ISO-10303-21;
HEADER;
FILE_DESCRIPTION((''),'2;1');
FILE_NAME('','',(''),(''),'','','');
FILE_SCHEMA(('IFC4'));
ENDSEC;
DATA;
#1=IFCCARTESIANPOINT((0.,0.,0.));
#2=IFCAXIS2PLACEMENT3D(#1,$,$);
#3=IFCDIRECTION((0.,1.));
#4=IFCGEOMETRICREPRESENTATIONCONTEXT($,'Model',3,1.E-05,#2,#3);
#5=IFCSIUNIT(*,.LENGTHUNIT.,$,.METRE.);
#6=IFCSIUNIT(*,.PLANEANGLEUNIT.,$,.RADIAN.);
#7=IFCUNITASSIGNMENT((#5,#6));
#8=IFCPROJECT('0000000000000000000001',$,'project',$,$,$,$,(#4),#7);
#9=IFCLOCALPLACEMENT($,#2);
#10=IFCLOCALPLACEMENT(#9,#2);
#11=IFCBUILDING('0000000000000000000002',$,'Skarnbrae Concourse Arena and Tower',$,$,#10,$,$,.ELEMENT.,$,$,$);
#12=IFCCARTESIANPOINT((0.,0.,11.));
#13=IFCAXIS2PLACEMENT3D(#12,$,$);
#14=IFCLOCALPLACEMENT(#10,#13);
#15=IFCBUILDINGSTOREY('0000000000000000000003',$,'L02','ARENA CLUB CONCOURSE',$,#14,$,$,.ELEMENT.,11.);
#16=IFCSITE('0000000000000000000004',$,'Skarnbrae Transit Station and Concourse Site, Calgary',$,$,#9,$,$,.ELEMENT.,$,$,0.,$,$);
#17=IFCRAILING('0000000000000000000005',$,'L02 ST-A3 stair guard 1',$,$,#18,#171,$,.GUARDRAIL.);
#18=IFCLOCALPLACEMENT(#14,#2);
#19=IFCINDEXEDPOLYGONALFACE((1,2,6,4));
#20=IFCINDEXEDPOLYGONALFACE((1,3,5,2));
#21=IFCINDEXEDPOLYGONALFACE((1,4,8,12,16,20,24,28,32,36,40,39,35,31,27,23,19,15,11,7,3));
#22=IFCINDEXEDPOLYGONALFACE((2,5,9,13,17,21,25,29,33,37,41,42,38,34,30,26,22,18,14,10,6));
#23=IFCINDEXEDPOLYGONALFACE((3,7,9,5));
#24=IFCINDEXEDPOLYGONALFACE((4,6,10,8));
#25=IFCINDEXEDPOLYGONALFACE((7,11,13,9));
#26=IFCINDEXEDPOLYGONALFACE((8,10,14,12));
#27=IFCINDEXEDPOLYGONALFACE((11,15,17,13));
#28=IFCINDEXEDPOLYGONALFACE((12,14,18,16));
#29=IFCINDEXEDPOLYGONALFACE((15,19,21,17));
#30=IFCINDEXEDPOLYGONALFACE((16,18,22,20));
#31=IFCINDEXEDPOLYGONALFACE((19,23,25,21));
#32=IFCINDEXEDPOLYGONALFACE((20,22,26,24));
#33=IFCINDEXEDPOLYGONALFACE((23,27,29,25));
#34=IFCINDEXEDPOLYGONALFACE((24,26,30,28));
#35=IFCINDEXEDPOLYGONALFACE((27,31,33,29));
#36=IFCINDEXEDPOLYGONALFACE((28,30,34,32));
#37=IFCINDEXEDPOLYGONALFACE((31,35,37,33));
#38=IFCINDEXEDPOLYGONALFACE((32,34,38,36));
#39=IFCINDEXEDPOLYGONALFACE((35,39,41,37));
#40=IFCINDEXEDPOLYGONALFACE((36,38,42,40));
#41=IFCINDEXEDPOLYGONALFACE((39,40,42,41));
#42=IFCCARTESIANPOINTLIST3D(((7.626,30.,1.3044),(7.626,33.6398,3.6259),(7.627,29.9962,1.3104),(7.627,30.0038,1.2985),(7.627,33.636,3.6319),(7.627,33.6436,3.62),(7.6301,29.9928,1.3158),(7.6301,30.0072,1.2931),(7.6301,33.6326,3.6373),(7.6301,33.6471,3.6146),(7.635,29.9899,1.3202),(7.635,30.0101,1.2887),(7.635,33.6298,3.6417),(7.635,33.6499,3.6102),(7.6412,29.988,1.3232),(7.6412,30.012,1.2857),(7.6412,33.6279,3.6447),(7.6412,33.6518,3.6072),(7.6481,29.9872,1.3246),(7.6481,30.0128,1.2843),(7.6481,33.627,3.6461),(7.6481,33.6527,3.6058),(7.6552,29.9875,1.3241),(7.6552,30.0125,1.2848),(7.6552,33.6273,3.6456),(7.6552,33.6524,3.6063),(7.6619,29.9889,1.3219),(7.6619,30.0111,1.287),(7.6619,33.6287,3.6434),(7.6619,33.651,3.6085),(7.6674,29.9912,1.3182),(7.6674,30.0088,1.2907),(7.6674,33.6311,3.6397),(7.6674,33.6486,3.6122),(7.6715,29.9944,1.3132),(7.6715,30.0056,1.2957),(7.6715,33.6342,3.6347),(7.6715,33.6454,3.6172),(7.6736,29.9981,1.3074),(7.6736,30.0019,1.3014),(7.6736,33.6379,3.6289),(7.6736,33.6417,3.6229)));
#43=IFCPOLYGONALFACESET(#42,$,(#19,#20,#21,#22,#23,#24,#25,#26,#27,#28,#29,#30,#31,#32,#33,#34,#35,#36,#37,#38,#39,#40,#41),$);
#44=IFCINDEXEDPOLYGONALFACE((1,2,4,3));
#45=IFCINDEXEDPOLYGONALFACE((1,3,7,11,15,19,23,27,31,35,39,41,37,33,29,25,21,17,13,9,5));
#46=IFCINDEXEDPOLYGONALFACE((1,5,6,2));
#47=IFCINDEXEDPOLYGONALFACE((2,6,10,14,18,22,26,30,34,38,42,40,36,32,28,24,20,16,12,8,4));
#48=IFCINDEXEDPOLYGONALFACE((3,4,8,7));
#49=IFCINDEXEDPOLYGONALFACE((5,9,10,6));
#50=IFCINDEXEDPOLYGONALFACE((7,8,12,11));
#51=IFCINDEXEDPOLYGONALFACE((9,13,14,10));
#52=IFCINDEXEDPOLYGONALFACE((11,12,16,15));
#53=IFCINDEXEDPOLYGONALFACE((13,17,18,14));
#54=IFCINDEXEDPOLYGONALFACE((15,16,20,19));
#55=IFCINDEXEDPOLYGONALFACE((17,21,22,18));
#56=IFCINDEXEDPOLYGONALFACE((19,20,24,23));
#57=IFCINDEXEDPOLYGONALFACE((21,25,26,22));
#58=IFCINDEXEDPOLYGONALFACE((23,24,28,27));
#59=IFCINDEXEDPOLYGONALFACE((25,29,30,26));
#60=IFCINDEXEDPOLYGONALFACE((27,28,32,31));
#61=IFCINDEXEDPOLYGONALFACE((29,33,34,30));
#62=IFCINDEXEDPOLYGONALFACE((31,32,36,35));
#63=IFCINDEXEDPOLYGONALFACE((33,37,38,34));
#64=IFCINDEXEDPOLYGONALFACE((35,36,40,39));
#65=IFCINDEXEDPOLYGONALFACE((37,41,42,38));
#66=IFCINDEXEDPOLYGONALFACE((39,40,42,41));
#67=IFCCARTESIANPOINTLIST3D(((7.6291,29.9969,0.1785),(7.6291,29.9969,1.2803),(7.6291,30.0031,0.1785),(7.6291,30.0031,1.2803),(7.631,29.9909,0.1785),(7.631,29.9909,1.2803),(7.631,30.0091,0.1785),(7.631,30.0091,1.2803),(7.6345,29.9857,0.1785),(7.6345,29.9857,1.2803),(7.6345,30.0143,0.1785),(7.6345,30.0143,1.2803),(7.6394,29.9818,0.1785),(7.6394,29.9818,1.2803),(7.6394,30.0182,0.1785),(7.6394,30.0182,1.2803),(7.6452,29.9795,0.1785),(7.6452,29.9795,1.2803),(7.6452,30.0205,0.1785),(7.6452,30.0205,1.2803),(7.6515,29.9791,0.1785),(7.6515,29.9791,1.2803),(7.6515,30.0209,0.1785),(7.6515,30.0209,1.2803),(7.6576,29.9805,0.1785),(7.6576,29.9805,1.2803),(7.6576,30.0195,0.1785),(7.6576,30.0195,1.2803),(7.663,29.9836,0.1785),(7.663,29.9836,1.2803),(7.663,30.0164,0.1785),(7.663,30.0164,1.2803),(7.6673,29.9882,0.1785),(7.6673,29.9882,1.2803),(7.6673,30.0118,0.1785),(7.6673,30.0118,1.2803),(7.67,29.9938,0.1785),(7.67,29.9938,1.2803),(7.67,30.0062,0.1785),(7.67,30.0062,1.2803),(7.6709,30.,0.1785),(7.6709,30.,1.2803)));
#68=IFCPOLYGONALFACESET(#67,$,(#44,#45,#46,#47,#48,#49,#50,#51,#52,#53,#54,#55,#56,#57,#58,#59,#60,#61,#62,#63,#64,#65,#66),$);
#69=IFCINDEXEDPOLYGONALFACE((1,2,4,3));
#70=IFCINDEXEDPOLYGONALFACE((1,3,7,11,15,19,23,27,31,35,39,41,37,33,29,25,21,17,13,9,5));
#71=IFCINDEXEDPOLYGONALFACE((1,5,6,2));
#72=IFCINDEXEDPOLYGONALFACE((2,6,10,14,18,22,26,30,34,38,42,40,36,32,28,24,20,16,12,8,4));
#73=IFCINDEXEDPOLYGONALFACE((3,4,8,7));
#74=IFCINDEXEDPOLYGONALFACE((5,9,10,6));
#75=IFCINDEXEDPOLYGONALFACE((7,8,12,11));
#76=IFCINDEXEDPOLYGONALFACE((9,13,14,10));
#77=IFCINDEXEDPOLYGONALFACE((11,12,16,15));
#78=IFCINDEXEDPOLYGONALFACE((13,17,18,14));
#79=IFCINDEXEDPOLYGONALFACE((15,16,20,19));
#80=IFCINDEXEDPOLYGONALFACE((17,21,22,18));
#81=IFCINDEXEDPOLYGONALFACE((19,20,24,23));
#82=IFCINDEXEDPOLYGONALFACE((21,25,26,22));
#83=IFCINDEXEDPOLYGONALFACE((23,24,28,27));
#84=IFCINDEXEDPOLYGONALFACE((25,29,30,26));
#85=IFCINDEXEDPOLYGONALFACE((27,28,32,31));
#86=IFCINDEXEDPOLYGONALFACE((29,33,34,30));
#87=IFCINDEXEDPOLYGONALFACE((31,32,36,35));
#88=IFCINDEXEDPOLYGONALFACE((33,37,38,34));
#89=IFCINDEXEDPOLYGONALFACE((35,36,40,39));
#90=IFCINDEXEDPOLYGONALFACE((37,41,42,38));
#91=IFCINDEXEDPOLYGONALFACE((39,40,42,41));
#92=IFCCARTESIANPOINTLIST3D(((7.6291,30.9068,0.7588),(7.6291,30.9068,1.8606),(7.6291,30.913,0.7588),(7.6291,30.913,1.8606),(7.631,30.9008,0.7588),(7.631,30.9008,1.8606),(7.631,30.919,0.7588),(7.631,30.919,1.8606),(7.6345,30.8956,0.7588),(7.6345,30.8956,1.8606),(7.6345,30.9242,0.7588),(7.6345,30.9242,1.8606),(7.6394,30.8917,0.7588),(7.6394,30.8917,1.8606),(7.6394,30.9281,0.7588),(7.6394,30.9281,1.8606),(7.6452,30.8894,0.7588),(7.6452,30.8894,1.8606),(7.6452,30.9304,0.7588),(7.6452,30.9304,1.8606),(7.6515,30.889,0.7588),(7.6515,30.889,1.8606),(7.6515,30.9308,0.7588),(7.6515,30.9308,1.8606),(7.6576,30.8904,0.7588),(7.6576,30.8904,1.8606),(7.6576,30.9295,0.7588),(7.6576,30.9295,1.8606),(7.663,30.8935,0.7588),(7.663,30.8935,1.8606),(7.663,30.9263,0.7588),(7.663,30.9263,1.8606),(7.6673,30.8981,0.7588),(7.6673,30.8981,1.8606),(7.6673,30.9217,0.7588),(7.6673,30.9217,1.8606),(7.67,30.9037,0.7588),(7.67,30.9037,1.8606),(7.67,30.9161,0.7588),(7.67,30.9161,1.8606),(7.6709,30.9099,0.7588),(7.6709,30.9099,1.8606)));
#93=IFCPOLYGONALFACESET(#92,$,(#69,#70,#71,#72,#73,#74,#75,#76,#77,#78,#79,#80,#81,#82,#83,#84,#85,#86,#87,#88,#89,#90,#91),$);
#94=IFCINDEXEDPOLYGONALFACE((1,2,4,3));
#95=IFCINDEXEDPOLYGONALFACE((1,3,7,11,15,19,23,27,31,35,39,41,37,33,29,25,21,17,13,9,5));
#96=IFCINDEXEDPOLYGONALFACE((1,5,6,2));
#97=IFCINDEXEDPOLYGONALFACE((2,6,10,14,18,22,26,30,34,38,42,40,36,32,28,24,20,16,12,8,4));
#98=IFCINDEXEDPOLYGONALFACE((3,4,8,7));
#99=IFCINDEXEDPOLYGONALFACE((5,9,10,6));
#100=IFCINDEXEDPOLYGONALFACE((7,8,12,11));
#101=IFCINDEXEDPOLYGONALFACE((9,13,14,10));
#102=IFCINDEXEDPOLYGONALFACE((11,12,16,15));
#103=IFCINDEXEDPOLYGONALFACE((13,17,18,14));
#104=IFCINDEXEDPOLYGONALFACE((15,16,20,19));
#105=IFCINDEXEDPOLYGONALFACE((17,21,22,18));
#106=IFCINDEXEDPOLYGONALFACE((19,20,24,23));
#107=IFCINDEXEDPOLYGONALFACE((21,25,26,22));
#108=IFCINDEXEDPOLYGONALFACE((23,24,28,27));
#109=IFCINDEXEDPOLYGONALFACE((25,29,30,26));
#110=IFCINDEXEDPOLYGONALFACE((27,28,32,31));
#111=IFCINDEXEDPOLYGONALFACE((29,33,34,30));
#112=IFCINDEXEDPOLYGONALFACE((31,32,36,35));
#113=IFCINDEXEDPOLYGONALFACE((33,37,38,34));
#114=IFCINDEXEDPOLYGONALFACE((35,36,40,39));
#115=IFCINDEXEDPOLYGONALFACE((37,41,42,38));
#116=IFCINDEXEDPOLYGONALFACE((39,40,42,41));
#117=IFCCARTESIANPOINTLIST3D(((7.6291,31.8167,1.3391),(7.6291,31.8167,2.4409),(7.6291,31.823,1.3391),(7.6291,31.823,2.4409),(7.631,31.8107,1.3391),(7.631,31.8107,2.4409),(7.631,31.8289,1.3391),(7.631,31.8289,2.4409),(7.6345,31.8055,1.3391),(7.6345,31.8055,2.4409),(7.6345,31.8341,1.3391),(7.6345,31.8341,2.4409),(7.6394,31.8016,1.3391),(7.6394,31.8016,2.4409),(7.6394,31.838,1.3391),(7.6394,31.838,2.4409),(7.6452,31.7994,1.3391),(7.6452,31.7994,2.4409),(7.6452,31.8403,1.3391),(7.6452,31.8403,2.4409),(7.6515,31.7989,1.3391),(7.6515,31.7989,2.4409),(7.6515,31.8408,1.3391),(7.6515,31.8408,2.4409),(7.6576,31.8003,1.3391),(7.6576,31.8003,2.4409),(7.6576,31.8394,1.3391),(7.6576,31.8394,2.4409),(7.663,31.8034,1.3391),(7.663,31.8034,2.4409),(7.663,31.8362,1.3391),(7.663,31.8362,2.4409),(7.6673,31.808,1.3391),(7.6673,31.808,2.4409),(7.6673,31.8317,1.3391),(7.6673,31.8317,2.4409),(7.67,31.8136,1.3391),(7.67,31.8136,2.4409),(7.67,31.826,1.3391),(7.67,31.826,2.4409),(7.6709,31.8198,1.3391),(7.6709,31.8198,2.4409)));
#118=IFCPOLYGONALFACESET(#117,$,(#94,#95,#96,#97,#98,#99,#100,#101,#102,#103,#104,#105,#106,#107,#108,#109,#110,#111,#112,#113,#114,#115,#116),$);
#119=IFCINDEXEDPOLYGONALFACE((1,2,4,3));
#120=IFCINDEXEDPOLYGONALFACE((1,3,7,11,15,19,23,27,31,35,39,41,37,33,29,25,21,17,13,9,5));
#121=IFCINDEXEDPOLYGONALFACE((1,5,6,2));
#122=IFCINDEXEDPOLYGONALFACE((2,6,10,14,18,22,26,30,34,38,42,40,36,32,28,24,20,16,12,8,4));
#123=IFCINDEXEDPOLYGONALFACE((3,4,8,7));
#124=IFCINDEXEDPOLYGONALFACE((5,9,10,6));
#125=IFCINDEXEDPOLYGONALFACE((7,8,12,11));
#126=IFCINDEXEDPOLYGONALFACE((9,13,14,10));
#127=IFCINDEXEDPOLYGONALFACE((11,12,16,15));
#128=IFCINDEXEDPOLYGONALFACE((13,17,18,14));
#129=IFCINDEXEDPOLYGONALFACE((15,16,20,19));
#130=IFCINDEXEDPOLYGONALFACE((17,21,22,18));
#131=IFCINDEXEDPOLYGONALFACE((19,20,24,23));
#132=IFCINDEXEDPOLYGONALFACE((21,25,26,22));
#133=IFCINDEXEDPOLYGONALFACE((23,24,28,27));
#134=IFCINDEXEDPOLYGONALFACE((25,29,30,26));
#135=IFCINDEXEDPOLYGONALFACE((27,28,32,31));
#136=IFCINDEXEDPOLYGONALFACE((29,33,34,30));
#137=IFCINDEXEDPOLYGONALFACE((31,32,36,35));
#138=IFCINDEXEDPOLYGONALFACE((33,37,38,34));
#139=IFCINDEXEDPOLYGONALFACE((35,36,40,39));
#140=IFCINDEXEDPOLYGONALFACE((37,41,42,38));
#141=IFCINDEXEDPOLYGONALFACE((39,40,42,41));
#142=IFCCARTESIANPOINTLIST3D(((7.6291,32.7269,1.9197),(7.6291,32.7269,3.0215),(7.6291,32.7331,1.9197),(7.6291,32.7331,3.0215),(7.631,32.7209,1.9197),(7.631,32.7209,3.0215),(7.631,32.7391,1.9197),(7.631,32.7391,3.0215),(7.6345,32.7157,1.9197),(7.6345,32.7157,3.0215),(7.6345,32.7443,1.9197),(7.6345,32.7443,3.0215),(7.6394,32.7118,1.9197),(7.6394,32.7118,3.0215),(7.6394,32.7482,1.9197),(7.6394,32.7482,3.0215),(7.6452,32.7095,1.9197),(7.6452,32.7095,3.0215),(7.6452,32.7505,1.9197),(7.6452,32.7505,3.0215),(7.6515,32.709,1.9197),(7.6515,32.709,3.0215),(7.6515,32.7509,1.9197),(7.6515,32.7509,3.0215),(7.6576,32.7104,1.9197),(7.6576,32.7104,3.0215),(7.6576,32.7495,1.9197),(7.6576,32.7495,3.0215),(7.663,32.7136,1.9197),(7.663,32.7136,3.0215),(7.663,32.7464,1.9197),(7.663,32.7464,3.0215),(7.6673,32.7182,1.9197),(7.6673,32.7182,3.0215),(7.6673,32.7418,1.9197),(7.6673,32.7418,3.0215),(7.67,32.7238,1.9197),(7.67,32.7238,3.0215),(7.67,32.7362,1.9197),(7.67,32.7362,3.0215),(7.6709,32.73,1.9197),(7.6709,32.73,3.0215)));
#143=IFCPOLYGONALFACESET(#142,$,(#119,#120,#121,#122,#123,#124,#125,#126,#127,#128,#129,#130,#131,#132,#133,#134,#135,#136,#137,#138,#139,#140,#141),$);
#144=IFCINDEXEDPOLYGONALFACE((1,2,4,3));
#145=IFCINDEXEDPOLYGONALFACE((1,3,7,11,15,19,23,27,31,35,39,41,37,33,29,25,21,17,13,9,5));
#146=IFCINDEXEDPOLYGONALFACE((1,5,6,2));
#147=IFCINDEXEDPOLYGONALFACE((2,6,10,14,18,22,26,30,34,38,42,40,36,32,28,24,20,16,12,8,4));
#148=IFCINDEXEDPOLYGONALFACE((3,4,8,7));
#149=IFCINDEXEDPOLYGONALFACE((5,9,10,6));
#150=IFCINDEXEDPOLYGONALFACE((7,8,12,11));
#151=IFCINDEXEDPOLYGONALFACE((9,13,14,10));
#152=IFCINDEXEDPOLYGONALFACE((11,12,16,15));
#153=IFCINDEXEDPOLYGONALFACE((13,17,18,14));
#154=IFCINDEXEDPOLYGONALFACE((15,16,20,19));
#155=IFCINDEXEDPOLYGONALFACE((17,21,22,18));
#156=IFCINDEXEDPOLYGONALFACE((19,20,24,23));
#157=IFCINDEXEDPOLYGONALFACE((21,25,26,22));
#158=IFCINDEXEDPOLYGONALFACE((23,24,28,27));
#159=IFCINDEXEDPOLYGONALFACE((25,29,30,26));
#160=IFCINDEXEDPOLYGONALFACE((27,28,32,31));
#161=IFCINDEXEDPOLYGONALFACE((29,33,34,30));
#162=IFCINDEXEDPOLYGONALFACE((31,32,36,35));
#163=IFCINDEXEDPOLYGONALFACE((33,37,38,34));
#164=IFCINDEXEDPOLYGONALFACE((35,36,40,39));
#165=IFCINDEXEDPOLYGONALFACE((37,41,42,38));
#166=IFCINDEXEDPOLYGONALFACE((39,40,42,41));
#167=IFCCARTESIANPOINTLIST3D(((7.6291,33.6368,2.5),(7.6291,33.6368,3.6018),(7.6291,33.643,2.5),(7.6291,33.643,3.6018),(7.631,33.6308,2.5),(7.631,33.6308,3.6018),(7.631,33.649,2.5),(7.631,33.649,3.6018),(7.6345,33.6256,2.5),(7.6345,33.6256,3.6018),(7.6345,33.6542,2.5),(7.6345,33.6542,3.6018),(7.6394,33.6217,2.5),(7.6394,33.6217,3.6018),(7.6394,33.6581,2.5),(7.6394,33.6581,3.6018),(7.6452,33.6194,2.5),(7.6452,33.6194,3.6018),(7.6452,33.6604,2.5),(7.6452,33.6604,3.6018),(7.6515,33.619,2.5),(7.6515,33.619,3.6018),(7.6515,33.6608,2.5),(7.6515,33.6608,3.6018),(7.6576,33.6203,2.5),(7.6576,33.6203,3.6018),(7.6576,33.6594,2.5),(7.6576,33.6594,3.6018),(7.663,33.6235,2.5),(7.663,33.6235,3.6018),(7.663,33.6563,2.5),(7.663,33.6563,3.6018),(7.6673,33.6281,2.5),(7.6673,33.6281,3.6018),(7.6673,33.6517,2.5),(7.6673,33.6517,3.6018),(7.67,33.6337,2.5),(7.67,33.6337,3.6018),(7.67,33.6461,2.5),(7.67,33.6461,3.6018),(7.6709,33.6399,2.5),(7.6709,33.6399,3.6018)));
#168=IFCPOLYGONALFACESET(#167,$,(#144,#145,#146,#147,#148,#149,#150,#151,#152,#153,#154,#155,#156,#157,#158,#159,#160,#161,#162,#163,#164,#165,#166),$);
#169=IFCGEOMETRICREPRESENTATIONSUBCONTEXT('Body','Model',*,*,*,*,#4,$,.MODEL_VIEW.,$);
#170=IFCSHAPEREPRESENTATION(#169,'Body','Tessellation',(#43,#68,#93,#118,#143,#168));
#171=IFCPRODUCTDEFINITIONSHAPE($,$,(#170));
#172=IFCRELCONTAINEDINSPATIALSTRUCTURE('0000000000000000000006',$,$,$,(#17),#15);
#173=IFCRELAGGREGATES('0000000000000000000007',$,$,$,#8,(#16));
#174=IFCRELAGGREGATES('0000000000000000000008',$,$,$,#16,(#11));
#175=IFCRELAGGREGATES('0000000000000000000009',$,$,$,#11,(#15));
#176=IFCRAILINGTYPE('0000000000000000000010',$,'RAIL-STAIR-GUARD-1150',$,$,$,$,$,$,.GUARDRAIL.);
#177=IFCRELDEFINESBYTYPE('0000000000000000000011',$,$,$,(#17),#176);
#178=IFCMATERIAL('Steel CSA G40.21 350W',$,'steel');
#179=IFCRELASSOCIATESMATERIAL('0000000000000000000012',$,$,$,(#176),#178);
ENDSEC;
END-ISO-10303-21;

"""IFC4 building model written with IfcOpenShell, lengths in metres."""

from ifc_helpers import new_model, si_unit, direction, frame, origin, origin_2d, place, context, subcontext, project, spatial, circle, extrude, material, type_object, element, save


model = new_model("IFC4")

# Units and contexts
model_context = context("Model", 3, precision=1e-05, world=origin(), true_north=direction((0.0, 1.0)))
body_context = subcontext(model_context, "Body", "Model", "MODEL_VIEW")
ifc_project = project(units=[si_unit("LENGTHUNIT", "METRE"), si_unit("PLANEANGLEUNIT", "RADIAN")], contexts=[model_context])

# Site, building, storey
site_placement = place(None, origin())
site = spatial("IfcSite", under=ifc_project, at=site_placement, Name="Skarnbrae Transit Station and Concourse Site, Calgary", CompositionType="ELEMENT", RefElevation=0.0)
building_placement = place(site_placement, origin())
building = spatial("IfcBuilding", under=site, at=building_placement, Name="Skarnbrae Concourse Arena and Tower", CompositionType="ELEMENT")
storey_placement = place(building_placement, frame((0.0, 0.0, 11.0)))
storey = spatial("IfcBuildingStorey", under=building, at=storey_placement, Name="L02", Description="ARENA CLUB CONCOURSE", CompositionType="ELEMENT", Elevation=11.0)

# Shared definitions
ifc_material_1 = material(Name="Steel CSA G40.21 350W", Category="steel")

# Railing
railing_type_1 = type_object("IfcRailingType", Name="RAIL-STAIR-GUARD-1150", PredefinedType="GUARDRAIL", material=ifc_material_1)
railing_1_placement = place(storey_placement, frame((7.6499, 30.0, 0.1785)))
element("IfcRailing", 1, at=railing_1_placement, inside=storey, type_object=railing_type_1, Name="L02 ST-A3 stair guard 1", PredefinedType="GUARDRAIL", context=body_context, shape_type="SweptSolid", body=[
    extrude(circle(Radius=0.0239, at=origin_2d()), frame((0.0, 0.0, 1.126), z_axis=(0.0, 0.843112, 0.537739), x_axis=(-1.0, 0.0, 0.0)), (0.0, 0.0, 1.0), 4.3171),
    extrude(circle(Radius=0.021, at=origin_2d()), origin(), (0.0, 0.0, 1.0), 1.1018),
    extrude(circle(Radius=0.021, at=origin_2d()), frame((0.0, 0.9099, 0.5803)), (0.0, 0.0, 1.0), 1.1018),
    extrude(circle(Radius=0.021, at=origin_2d()), frame((0.0, 1.8198, 1.1606)), (0.0, 0.0, 1.0), 1.1018),
    extrude(circle(Radius=0.021, at=origin_2d()), frame((0.0, 2.73, 1.7412)), (0.0, 0.0, 1.0), 1.1018),
    extrude(circle(Radius=0.021, at=origin_2d()), frame((0.0, 3.6399, 2.3215)), (0.0, 0.0, 1.0), 1.1018),
])

save(model, "model.ifc")
